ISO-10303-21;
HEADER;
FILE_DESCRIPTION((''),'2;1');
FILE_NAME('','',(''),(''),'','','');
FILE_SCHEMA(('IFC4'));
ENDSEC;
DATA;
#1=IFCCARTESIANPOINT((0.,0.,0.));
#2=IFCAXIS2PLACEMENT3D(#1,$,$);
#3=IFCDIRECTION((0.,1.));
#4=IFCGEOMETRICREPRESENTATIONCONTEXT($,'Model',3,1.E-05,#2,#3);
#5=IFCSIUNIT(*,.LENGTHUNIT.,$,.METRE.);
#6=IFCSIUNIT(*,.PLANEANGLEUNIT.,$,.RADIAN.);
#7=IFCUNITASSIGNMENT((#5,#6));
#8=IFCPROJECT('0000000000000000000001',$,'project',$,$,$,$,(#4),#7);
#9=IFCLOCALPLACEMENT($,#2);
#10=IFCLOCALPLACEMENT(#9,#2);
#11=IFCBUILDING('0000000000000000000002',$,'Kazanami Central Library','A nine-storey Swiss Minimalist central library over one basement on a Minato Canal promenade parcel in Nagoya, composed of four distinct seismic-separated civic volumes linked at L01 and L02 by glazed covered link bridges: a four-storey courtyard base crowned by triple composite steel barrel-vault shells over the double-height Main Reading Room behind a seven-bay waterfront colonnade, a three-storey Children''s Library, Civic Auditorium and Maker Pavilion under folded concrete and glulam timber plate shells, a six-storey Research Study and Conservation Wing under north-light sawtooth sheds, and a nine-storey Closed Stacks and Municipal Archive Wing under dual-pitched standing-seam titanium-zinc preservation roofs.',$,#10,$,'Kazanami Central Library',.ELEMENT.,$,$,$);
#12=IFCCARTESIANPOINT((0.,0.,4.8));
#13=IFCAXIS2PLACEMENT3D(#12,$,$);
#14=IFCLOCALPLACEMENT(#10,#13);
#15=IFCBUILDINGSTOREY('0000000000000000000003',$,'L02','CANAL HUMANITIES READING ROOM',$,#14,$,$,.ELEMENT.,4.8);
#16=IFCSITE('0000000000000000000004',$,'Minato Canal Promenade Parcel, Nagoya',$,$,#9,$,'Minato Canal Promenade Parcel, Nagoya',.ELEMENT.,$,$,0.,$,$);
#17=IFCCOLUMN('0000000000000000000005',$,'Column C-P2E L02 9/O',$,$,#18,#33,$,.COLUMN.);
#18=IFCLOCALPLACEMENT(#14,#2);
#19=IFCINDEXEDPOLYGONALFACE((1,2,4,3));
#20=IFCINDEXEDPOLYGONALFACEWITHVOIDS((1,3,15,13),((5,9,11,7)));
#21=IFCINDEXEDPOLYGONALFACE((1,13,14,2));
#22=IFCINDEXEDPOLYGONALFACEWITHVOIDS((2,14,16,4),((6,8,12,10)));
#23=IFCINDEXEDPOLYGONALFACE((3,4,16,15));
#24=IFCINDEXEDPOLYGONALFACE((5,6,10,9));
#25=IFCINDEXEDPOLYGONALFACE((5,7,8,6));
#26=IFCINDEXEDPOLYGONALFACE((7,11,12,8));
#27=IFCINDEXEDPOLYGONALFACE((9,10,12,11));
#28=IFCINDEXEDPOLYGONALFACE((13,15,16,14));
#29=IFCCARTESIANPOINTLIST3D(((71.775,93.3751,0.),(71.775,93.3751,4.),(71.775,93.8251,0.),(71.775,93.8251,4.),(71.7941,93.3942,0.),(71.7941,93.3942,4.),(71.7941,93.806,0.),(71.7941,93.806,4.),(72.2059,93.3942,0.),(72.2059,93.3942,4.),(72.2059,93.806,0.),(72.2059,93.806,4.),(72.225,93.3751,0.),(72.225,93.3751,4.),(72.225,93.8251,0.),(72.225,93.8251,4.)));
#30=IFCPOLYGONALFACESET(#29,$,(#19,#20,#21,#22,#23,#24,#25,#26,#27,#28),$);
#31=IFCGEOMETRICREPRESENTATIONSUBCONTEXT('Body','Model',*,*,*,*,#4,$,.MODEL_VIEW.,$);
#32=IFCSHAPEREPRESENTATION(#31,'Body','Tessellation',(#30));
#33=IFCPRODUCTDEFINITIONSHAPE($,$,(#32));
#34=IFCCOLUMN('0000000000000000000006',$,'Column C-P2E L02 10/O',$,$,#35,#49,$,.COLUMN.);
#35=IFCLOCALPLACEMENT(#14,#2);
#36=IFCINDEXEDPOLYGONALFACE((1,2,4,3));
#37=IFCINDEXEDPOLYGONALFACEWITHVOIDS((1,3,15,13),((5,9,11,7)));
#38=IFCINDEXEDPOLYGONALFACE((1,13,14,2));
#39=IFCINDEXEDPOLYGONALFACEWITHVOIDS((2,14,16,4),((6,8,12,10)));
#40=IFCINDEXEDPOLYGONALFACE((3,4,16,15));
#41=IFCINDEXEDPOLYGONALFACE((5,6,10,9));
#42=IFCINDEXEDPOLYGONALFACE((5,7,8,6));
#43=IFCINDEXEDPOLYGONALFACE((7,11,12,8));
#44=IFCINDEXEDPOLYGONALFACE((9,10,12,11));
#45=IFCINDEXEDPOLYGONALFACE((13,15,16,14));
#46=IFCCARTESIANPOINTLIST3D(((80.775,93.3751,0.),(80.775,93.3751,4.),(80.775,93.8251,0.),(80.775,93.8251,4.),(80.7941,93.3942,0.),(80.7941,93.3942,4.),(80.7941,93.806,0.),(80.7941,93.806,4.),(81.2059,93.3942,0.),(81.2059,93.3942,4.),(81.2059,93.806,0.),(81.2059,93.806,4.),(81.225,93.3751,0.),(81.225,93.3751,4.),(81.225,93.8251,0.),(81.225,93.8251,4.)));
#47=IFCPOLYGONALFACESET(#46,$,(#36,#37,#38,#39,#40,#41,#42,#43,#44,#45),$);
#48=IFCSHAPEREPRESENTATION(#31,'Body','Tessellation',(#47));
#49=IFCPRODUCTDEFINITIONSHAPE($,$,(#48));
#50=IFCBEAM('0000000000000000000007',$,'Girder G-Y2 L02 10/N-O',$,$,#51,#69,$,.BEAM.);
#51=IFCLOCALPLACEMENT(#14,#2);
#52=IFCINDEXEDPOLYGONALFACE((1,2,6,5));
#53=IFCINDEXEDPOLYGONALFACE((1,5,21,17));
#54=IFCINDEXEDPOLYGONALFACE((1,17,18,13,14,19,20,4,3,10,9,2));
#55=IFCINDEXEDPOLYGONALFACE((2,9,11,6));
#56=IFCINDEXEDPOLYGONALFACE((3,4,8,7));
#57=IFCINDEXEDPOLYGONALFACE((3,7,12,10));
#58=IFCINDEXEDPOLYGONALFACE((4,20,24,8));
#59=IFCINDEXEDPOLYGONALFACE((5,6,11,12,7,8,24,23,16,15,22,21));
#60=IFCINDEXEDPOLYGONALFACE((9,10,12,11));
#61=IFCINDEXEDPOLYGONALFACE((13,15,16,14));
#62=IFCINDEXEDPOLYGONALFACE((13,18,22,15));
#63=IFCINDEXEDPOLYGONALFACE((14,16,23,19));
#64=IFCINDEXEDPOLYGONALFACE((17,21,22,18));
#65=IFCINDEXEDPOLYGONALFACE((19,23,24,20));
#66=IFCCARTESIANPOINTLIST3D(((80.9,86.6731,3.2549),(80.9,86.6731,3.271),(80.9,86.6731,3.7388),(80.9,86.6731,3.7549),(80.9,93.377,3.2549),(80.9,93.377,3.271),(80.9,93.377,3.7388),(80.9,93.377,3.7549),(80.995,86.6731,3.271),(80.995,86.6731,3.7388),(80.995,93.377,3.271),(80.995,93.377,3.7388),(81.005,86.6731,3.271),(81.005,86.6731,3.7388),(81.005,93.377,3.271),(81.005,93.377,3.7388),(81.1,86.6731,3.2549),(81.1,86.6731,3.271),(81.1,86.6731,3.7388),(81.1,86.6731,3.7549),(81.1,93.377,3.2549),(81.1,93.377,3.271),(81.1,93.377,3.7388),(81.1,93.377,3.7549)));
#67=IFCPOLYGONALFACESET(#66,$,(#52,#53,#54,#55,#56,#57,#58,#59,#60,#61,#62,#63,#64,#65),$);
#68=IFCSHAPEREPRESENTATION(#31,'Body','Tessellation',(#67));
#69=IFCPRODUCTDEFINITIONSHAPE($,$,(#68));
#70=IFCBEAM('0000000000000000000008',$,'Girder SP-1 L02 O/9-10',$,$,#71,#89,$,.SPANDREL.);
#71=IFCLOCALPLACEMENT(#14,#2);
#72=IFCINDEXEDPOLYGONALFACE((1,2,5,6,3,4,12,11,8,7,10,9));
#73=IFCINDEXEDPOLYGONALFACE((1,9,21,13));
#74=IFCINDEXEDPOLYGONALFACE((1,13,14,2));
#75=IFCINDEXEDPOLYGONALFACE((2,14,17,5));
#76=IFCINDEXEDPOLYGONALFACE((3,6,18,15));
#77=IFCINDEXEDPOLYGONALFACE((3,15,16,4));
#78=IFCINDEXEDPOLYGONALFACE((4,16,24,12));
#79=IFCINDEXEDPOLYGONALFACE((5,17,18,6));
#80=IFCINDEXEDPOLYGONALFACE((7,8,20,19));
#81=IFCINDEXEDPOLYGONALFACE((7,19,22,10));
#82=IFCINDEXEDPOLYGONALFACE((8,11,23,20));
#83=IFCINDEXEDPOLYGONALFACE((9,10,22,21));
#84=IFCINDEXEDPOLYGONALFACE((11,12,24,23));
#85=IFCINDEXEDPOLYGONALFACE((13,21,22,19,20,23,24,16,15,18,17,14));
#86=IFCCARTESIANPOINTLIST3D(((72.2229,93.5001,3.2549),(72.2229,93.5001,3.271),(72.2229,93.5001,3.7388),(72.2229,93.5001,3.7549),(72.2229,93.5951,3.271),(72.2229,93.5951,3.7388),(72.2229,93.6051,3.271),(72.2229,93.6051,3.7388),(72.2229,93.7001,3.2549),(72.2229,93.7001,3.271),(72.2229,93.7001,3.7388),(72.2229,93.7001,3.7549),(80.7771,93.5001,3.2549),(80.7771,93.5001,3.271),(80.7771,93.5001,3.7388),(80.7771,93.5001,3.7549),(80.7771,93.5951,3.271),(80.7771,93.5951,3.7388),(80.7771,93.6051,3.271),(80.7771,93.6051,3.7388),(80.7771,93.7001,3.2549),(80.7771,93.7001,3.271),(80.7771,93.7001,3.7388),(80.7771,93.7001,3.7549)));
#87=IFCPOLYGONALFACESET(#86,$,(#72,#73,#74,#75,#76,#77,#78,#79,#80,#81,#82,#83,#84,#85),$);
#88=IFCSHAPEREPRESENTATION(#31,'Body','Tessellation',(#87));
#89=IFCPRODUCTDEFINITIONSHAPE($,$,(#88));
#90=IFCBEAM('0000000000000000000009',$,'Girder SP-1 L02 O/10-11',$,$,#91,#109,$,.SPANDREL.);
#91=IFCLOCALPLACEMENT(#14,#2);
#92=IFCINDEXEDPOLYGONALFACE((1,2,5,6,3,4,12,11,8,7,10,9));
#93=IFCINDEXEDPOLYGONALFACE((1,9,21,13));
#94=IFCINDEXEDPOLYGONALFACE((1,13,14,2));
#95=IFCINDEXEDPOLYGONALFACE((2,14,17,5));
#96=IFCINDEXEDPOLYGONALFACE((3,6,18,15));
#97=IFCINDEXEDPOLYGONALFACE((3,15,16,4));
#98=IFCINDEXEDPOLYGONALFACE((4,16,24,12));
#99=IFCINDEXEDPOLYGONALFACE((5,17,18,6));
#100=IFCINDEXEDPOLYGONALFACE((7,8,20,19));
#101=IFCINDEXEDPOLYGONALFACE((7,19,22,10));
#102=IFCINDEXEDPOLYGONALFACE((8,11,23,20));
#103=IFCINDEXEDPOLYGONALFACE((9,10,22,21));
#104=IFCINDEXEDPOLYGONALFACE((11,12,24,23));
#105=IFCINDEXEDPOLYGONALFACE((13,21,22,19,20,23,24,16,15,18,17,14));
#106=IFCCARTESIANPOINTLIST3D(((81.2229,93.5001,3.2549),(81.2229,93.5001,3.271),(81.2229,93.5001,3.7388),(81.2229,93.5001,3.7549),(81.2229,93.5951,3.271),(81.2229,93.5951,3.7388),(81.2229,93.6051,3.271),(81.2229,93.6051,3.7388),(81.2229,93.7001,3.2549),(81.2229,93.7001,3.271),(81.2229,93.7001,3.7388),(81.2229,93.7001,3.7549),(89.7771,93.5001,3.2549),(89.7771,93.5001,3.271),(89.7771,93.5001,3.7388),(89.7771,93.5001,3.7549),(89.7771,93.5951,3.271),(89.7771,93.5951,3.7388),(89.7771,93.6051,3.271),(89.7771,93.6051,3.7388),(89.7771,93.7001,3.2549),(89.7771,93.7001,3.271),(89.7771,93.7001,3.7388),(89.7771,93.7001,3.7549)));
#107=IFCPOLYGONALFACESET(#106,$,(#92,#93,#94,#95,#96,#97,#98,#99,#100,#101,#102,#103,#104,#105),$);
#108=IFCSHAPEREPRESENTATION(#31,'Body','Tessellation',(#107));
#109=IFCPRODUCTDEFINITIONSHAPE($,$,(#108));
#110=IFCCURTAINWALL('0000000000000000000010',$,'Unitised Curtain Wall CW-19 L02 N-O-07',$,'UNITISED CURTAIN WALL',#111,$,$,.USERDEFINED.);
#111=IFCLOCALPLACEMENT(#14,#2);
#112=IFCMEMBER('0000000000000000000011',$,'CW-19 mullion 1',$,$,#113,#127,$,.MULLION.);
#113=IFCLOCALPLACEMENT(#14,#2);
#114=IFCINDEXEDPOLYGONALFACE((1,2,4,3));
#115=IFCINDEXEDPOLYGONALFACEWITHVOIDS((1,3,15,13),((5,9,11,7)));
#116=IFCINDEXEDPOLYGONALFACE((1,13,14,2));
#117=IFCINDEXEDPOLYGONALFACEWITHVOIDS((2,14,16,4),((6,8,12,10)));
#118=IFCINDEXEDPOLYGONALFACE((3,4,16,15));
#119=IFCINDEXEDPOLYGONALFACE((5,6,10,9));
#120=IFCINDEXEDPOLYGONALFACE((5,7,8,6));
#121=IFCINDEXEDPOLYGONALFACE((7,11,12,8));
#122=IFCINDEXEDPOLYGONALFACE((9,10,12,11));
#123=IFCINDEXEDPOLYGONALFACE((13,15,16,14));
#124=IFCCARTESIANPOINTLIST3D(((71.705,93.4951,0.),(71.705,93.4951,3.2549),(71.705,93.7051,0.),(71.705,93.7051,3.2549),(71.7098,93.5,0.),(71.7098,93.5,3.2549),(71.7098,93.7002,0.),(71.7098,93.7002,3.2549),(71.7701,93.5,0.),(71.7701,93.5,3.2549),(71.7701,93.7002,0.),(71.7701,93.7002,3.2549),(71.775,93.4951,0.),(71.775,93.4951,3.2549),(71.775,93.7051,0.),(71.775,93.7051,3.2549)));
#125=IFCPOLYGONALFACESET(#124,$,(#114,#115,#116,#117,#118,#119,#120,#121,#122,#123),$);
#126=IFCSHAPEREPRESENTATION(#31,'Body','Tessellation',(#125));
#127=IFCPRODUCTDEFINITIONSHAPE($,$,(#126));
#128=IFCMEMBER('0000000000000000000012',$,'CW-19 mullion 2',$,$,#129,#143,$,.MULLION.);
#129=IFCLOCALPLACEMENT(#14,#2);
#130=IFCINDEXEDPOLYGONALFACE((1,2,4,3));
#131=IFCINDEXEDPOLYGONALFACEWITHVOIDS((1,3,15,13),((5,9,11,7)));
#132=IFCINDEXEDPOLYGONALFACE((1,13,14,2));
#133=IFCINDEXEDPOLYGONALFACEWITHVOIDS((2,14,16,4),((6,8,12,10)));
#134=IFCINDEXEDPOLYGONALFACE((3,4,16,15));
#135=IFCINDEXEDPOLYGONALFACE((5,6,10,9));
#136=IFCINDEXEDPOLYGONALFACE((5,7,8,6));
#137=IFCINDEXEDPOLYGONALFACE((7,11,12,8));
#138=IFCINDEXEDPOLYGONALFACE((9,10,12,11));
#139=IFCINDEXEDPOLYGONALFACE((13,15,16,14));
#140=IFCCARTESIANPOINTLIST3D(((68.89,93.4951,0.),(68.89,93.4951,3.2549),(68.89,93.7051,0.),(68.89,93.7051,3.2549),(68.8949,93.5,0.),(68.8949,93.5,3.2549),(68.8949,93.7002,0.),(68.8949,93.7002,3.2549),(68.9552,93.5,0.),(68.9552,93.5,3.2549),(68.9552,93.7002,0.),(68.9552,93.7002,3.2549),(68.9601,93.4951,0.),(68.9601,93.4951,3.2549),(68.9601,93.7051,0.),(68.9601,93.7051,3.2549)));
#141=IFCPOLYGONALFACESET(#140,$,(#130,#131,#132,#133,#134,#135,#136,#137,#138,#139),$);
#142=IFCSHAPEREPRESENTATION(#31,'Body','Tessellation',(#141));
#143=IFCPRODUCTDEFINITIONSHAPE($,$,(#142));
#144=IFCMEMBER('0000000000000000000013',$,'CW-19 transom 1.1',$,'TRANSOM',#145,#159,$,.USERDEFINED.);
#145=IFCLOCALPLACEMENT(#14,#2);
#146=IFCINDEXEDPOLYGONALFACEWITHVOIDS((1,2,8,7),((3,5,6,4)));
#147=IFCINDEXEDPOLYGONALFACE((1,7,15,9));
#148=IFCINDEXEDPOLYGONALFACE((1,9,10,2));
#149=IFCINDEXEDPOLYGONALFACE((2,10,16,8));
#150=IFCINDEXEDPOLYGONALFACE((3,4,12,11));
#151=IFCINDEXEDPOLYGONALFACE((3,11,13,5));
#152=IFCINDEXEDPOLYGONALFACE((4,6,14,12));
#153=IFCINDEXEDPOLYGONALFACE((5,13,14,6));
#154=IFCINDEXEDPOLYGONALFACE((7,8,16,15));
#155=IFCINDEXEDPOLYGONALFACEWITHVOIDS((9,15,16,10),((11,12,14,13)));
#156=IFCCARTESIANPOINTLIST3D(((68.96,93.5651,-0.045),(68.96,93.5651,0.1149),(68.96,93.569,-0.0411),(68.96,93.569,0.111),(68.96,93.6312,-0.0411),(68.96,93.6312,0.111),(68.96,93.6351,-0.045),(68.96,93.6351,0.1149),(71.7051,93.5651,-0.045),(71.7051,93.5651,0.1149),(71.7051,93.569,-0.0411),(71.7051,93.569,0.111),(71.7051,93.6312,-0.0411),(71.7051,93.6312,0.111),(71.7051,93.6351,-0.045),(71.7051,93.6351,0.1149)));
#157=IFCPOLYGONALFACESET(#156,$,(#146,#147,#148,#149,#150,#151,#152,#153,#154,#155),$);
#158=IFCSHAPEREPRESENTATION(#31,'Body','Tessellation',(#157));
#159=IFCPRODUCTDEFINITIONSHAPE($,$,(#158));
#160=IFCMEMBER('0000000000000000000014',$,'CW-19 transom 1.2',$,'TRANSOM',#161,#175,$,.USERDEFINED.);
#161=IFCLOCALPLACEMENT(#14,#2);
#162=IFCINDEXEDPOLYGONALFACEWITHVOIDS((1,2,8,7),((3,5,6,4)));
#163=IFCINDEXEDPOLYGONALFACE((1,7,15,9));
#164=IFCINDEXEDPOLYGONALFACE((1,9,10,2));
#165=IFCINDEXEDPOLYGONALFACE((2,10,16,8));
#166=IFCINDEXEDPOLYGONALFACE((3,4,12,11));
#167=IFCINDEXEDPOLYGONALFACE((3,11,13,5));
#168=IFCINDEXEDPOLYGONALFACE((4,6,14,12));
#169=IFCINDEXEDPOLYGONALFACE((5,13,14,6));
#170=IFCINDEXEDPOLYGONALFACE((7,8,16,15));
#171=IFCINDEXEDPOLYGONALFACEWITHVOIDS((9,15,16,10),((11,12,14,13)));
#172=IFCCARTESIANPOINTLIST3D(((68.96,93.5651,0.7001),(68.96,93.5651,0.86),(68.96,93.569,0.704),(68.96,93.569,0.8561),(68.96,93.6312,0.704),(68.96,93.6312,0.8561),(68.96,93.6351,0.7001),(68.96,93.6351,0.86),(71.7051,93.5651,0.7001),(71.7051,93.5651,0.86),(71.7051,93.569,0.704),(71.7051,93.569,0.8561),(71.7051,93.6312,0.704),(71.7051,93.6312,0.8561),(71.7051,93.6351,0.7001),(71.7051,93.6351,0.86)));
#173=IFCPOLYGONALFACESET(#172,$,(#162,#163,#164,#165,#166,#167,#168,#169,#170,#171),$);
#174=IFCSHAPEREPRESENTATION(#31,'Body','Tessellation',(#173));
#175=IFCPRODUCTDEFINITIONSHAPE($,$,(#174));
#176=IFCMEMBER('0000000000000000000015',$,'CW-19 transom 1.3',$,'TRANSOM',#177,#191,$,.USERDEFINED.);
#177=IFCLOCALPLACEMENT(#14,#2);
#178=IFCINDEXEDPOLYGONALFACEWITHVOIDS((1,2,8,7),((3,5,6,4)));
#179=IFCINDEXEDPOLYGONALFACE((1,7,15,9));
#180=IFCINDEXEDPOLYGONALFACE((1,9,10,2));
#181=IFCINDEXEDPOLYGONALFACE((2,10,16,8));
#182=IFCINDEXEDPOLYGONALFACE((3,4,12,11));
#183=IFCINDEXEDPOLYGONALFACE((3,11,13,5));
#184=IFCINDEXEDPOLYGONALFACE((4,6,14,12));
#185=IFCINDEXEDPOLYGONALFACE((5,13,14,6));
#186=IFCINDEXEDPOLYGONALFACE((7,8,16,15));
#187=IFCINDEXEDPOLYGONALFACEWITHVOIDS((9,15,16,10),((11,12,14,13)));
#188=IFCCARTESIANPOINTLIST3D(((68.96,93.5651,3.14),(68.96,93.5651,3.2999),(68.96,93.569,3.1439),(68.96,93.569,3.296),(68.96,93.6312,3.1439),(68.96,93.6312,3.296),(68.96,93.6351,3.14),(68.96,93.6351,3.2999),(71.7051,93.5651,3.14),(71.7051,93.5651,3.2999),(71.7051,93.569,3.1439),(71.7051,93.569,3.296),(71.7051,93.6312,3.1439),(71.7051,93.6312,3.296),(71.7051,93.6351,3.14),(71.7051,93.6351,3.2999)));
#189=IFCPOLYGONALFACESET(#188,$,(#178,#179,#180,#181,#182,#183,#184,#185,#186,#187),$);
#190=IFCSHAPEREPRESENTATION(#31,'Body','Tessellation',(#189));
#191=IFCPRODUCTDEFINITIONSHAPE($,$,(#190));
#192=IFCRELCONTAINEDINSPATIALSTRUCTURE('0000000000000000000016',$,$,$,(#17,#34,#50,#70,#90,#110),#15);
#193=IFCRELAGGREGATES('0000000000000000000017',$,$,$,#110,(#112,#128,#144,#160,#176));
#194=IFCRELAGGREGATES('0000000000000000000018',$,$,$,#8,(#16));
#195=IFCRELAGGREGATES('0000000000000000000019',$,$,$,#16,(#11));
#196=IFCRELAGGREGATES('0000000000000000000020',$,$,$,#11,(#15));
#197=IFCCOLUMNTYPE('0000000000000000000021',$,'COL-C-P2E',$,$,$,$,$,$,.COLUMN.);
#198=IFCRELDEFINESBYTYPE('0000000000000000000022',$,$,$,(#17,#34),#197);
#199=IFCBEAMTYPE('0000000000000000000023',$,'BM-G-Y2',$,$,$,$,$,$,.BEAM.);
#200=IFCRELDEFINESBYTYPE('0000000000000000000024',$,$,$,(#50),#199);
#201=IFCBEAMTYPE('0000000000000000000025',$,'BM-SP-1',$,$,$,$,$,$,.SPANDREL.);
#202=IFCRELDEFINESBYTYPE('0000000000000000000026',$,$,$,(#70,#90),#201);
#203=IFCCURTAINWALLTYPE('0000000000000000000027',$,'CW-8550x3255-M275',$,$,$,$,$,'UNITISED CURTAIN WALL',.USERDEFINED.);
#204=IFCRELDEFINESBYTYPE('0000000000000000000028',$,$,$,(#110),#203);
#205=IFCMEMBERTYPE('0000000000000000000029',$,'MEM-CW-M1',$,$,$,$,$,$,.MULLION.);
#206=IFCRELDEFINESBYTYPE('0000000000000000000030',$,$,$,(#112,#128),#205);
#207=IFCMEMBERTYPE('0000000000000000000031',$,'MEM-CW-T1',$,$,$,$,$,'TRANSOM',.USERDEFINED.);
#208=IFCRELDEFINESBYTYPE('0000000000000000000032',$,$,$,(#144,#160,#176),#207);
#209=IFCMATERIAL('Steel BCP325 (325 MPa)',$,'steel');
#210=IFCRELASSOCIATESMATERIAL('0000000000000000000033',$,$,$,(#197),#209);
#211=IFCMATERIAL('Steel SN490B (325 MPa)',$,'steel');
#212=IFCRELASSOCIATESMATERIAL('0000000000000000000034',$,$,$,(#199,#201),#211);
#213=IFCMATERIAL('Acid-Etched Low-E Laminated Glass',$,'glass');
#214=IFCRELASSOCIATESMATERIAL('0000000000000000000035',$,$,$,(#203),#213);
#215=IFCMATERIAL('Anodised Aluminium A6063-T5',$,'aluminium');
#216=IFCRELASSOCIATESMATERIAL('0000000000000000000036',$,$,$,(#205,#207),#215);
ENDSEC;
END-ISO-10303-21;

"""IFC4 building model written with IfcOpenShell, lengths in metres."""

from ifc_helpers import new_model, si_unit, direction, frame, origin, origin_2d, place, context, subcontext, project, spatial, hollow_rectangle, i_section, extrude, material, material_profile, profile_set, type_object, element, aggregate, save


model = new_model("IFC4")

# Units and contexts
model_context = context("Model", 3, precision=1e-05, world=origin(), true_north=direction((0.0, 1.0)))
body_context = subcontext(model_context, "Body", "Model", "MODEL_VIEW")
ifc_project = project(units=[si_unit("LENGTHUNIT", "METRE"), si_unit("PLANEANGLEUNIT", "RADIAN")], contexts=[model_context])

# Site, building, storey
site_placement = place(None, origin())
site = spatial("IfcSite", under=ifc_project, at=site_placement, Name="Minato Canal Promenade Parcel, Nagoya", LongName="Minato Canal Promenade Parcel, Nagoya", CompositionType="ELEMENT", RefElevation=0.0)
building_placement = place(site_placement, origin())
building = spatial("IfcBuilding", under=site, at=building_placement, Name="Kazanami Central Library", Description="A nine-storey Swiss Minimalist central library over one basement on a Minato Canal promenade parcel in Nagoya, composed of four distinct seismic-separated civic volumes linked at L01 and L02 by glazed covered link bridges: a four-storey courtyard base crowned by triple composite steel barrel-vault shells over the double-height Main Reading Room behind a seven-bay waterfront colonnade, a three-storey Children's Library, Civic Auditorium and Maker Pavilion under folded concrete and glulam timber plate shells, a six-storey Research Study and Conservation Wing under north-light sawtooth sheds, and a nine-storey Closed Stacks and Municipal Archive Wing under dual-pitched standing-seam titanium-zinc preservation roofs.", LongName="Kazanami Central Library", CompositionType="ELEMENT")
storey_placement = place(building_placement, frame((0.0, 0.0, 4.8)))
storey = spatial("IfcBuildingStorey", under=building, at=storey_placement, Name="L02", Description="CANAL HUMANITIES READING ROOM", CompositionType="ELEMENT", Elevation=4.8)

# Columns
ifc_material_1 = material(Name="Steel BCP325 (325 MPa)", Category="steel")
ifc_material_profile_1 = material_profile(ifc_material_1, hollow_rectangle(XDim=0.45, YDim=0.45, WallThickness=0.019, at=origin_2d()), Name="BCP-450x450x19")
ifc_profile_set_1 = profile_set([ifc_material_profile_1], Name="Steel BCP325 (325 MPa)")
column_type = type_object("IfcColumnType", Name="COL-C-P2E", PredefinedType="COLUMN", material=ifc_profile_set_1)
for number, where, z_axis, x_axis, name in (
    (1, (72.0, 93.6001, 0.0), (0.0, 0.0, 1.0), (1.0, 0.0, 0.0), "Column C-P2E L02 9/O"),
    (2, (81.0, 93.6001, 0.0), (0.0, 0.0, 1.0), (1.0, 0.0, 0.0), "Column C-P2E L02 10/O"),
):
    element("IfcColumn", number, at=place(storey_placement, frame(where, z_axis=z_axis, x_axis=x_axis)), inside=storey, type_object=column_type, Name=name, PredefinedType="COLUMN", context=body_context, shape_type="SweptSolid", body=[
        extrude(hollow_rectangle(XDim=0.45, YDim=0.45, WallThickness=0.019, at=origin_2d()), origin(), (0.0, 0.0, 1.0), 4.0),
    ])

# Beams
ifc_material_2 = material(Name="Steel SN490B (325 MPa)", Category="steel")
ifc_material_profile_2 = material_profile(ifc_material_2, i_section(OverallWidth=0.2, OverallDepth=0.5, WebThickness=0.01, FlangeThickness=0.0161, at=origin_2d()), Name="H-500x200x10x16")
ifc_profile_set_2 = profile_set([ifc_material_profile_2], Name="Steel SN490B (325 MPa)")
beam_type_1 = type_object("IfcBeamType", Name="BM-G-Y2", PredefinedType="BEAM", material=ifc_profile_set_2)
beam_placement = place(storey_placement, frame((81.0, 86.6731, 3.5049), z_axis=(0.0, 1.0, 0.0), x_axis=(-1.0, 0.0, 0.0)))
element("IfcBeam", 3, at=beam_placement, inside=storey, type_object=beam_type_1, Name="Girder G-Y2 L02 10/N-O", PredefinedType="BEAM", context=body_context, shape_type="SweptSolid", body=[
    extrude(i_section(OverallWidth=0.2, OverallDepth=0.5, WebThickness=0.01, FlangeThickness=0.0161, at=origin_2d()), origin(), (0.0, 0.0, 1.0), 6.7039),
])
ifc_material_profile_3 = material_profile(ifc_material_2, i_section(OverallWidth=0.2, OverallDepth=0.5, WebThickness=0.01, FlangeThickness=0.0161, at=origin_2d()), Name="H-500x200x10x16")
ifc_profile_set_3 = profile_set([ifc_material_profile_3], Name="Steel SN490B (325 MPa)")
beam_type_2 = type_object("IfcBeamType", Name="BM-SP-1", PredefinedType="SPANDREL", material=ifc_profile_set_3)
for number, where, z_axis, x_axis, name in (
    (4, (72.2229, 93.6001, 3.5049), (1.0, 0.0, 0.0), (0.0, 1.0, 0.0), "Girder SP-1 L02 O/9-10"),
    (5, (81.2229, 93.6001, 3.5049), (1.0, 0.0, 0.0), (0.0, 1.0, 0.0), "Girder SP-1 L02 O/10-11"),
):
    element("IfcBeam", number, at=place(storey_placement, frame(where, z_axis=z_axis, x_axis=x_axis)), inside=storey, type_object=beam_type_2, Name=name, PredefinedType="SPANDREL", context=body_context, shape_type="SweptSolid", body=[
        extrude(i_section(OverallWidth=0.2, OverallDepth=0.5, WebThickness=0.01, FlangeThickness=0.0161, at=origin_2d()), origin(), (0.0, 0.0, 1.0), 8.5542),
    ])

# Curtain wall, members
ifc_material_3 = material(Name="Acid-Etched Low-E Laminated Glass", Category="glass")
curtain_wall_type = type_object("IfcCurtainWallType", Name="CW-8550x3255-M275", ElementType="UNITISED CURTAIN WALL", PredefinedType="USERDEFINED", material=ifc_material_3)
curtain_wall_placement = place(storey_placement, origin())
curtain_wall = element("IfcCurtainWall", 6, at=curtain_wall_placement, inside=storey, type_object=curtain_wall_type, Name="Unitised Curtain Wall CW-19 L02 N-O-07", ObjectType="UNITISED CURTAIN WALL", PredefinedType="USERDEFINED")
ifc_material_4 = material(Name="Anodised Aluminium A6063-T5", Category="aluminium")
ifc_material_profile_4 = material_profile(ifc_material_4, hollow_rectangle(XDim=0.0701, YDim=0.21, WallThickness=0.0049, at=origin_2d()), Name="ALU-MULL-70x210x5")
ifc_profile_set_4 = profile_set([ifc_material_profile_4], Name="Anodised Aluminium A6063-T5")
member_type_1 = type_object("IfcMemberType", Name="MEM-CW-M1", PredefinedType="MULLION", material=ifc_profile_set_4)
member_1_placement = place(storey_placement, frame((71.74, 93.6001, 0.0), z_axis=(0.0, 0.0, 1.0), x_axis=(-1.0, 0.0, 0.0)))
member_1 = element("IfcMember", 7, at=member_1_placement, type_object=member_type_1, Name="CW-19 mullion 1", PredefinedType="MULLION", context=body_context, shape_type="SweptSolid", body=[
    extrude(hollow_rectangle(XDim=0.0701, YDim=0.21, WallThickness=0.0049, at=origin_2d()), origin(), (0.0, 0.0, 1.0), 3.2549),
])
member_2_placement = place(storey_placement, frame((68.925, 93.6001, 0.0), z_axis=(0.0, 0.0, 1.0), x_axis=(-1.0, 0.0, 0.0)))
member_2 = element("IfcMember", 8, at=member_2_placement, type_object=member_type_1, Name="CW-19 mullion 2", PredefinedType="MULLION", context=body_context, shape_type="SweptSolid", body=[
    extrude(hollow_rectangle(XDim=0.0701, YDim=0.21, WallThickness=0.0049, at=origin_2d()), origin(), (0.0, 0.0, 1.0), 3.2549),
])
ifc_material_profile_5 = material_profile(ifc_material_4, hollow_rectangle(XDim=0.0701, YDim=0.1599, WallThickness=0.0039, at=origin_2d()), Name="ALU-TRAN-70x160x4")
ifc_profile_set_5 = profile_set([ifc_material_profile_5], Name="Anodised Aluminium A6063-T5")
member_type_2 = type_object("IfcMemberType", Name="MEM-CW-T1", ElementType="TRANSOM", PredefinedType="USERDEFINED", material=ifc_profile_set_5)
member_3_placement = place(storey_placement, frame((71.7051, 93.6001, 0.0349), z_axis=(-1.0, 0.0, 0.0), x_axis=(0.0, -1.0, 0.0)))
member_3 = element("IfcMember", 9, at=member_3_placement, type_object=member_type_2, Name="CW-19 transom 1.1", ObjectType="TRANSOM", PredefinedType="USERDEFINED", context=body_context, shape_type="SweptSolid", body=[
    extrude(hollow_rectangle(XDim=0.0701, YDim=0.1599, WallThickness=0.0039, at=origin_2d()), origin(), (0.0, 0.0, 1.0), 2.7451),
])
member_4_placement = place(storey_placement, frame((71.7051, 93.6001, 0.78), z_axis=(-1.0, 0.0, 0.0), x_axis=(0.0, -1.0, 0.0)))
member_4 = element("IfcMember", 10, at=member_4_placement, type_object=member_type_2, Name="CW-19 transom 1.2", ObjectType="TRANSOM", PredefinedType="USERDEFINED", context=body_context, shape_type="SweptSolid", body=[
    extrude(hollow_rectangle(XDim=0.0701, YDim=0.1599, WallThickness=0.0039, at=origin_2d()), origin(), (0.0, 0.0, 1.0), 2.7451),
])
member_5_placement = place(storey_placement, frame((71.7051, 93.6001, 3.22), z_axis=(-1.0, 0.0, 0.0), x_axis=(0.0, -1.0, 0.0)))
member_5 = element("IfcMember", 11, at=member_5_placement, type_object=member_type_2, Name="CW-19 transom 1.3", ObjectType="TRANSOM", PredefinedType="USERDEFINED", context=body_context, shape_type="SweptSolid", body=[
    extrude(hollow_rectangle(XDim=0.0701, YDim=0.1599, WallThickness=0.0039, at=origin_2d()), origin(), (0.0, 0.0, 1.0), 2.7451),
])
aggregate(curtain_wall, [member_1, member_2, member_3, member_4, member_5])

save(model, "model.ifc")
